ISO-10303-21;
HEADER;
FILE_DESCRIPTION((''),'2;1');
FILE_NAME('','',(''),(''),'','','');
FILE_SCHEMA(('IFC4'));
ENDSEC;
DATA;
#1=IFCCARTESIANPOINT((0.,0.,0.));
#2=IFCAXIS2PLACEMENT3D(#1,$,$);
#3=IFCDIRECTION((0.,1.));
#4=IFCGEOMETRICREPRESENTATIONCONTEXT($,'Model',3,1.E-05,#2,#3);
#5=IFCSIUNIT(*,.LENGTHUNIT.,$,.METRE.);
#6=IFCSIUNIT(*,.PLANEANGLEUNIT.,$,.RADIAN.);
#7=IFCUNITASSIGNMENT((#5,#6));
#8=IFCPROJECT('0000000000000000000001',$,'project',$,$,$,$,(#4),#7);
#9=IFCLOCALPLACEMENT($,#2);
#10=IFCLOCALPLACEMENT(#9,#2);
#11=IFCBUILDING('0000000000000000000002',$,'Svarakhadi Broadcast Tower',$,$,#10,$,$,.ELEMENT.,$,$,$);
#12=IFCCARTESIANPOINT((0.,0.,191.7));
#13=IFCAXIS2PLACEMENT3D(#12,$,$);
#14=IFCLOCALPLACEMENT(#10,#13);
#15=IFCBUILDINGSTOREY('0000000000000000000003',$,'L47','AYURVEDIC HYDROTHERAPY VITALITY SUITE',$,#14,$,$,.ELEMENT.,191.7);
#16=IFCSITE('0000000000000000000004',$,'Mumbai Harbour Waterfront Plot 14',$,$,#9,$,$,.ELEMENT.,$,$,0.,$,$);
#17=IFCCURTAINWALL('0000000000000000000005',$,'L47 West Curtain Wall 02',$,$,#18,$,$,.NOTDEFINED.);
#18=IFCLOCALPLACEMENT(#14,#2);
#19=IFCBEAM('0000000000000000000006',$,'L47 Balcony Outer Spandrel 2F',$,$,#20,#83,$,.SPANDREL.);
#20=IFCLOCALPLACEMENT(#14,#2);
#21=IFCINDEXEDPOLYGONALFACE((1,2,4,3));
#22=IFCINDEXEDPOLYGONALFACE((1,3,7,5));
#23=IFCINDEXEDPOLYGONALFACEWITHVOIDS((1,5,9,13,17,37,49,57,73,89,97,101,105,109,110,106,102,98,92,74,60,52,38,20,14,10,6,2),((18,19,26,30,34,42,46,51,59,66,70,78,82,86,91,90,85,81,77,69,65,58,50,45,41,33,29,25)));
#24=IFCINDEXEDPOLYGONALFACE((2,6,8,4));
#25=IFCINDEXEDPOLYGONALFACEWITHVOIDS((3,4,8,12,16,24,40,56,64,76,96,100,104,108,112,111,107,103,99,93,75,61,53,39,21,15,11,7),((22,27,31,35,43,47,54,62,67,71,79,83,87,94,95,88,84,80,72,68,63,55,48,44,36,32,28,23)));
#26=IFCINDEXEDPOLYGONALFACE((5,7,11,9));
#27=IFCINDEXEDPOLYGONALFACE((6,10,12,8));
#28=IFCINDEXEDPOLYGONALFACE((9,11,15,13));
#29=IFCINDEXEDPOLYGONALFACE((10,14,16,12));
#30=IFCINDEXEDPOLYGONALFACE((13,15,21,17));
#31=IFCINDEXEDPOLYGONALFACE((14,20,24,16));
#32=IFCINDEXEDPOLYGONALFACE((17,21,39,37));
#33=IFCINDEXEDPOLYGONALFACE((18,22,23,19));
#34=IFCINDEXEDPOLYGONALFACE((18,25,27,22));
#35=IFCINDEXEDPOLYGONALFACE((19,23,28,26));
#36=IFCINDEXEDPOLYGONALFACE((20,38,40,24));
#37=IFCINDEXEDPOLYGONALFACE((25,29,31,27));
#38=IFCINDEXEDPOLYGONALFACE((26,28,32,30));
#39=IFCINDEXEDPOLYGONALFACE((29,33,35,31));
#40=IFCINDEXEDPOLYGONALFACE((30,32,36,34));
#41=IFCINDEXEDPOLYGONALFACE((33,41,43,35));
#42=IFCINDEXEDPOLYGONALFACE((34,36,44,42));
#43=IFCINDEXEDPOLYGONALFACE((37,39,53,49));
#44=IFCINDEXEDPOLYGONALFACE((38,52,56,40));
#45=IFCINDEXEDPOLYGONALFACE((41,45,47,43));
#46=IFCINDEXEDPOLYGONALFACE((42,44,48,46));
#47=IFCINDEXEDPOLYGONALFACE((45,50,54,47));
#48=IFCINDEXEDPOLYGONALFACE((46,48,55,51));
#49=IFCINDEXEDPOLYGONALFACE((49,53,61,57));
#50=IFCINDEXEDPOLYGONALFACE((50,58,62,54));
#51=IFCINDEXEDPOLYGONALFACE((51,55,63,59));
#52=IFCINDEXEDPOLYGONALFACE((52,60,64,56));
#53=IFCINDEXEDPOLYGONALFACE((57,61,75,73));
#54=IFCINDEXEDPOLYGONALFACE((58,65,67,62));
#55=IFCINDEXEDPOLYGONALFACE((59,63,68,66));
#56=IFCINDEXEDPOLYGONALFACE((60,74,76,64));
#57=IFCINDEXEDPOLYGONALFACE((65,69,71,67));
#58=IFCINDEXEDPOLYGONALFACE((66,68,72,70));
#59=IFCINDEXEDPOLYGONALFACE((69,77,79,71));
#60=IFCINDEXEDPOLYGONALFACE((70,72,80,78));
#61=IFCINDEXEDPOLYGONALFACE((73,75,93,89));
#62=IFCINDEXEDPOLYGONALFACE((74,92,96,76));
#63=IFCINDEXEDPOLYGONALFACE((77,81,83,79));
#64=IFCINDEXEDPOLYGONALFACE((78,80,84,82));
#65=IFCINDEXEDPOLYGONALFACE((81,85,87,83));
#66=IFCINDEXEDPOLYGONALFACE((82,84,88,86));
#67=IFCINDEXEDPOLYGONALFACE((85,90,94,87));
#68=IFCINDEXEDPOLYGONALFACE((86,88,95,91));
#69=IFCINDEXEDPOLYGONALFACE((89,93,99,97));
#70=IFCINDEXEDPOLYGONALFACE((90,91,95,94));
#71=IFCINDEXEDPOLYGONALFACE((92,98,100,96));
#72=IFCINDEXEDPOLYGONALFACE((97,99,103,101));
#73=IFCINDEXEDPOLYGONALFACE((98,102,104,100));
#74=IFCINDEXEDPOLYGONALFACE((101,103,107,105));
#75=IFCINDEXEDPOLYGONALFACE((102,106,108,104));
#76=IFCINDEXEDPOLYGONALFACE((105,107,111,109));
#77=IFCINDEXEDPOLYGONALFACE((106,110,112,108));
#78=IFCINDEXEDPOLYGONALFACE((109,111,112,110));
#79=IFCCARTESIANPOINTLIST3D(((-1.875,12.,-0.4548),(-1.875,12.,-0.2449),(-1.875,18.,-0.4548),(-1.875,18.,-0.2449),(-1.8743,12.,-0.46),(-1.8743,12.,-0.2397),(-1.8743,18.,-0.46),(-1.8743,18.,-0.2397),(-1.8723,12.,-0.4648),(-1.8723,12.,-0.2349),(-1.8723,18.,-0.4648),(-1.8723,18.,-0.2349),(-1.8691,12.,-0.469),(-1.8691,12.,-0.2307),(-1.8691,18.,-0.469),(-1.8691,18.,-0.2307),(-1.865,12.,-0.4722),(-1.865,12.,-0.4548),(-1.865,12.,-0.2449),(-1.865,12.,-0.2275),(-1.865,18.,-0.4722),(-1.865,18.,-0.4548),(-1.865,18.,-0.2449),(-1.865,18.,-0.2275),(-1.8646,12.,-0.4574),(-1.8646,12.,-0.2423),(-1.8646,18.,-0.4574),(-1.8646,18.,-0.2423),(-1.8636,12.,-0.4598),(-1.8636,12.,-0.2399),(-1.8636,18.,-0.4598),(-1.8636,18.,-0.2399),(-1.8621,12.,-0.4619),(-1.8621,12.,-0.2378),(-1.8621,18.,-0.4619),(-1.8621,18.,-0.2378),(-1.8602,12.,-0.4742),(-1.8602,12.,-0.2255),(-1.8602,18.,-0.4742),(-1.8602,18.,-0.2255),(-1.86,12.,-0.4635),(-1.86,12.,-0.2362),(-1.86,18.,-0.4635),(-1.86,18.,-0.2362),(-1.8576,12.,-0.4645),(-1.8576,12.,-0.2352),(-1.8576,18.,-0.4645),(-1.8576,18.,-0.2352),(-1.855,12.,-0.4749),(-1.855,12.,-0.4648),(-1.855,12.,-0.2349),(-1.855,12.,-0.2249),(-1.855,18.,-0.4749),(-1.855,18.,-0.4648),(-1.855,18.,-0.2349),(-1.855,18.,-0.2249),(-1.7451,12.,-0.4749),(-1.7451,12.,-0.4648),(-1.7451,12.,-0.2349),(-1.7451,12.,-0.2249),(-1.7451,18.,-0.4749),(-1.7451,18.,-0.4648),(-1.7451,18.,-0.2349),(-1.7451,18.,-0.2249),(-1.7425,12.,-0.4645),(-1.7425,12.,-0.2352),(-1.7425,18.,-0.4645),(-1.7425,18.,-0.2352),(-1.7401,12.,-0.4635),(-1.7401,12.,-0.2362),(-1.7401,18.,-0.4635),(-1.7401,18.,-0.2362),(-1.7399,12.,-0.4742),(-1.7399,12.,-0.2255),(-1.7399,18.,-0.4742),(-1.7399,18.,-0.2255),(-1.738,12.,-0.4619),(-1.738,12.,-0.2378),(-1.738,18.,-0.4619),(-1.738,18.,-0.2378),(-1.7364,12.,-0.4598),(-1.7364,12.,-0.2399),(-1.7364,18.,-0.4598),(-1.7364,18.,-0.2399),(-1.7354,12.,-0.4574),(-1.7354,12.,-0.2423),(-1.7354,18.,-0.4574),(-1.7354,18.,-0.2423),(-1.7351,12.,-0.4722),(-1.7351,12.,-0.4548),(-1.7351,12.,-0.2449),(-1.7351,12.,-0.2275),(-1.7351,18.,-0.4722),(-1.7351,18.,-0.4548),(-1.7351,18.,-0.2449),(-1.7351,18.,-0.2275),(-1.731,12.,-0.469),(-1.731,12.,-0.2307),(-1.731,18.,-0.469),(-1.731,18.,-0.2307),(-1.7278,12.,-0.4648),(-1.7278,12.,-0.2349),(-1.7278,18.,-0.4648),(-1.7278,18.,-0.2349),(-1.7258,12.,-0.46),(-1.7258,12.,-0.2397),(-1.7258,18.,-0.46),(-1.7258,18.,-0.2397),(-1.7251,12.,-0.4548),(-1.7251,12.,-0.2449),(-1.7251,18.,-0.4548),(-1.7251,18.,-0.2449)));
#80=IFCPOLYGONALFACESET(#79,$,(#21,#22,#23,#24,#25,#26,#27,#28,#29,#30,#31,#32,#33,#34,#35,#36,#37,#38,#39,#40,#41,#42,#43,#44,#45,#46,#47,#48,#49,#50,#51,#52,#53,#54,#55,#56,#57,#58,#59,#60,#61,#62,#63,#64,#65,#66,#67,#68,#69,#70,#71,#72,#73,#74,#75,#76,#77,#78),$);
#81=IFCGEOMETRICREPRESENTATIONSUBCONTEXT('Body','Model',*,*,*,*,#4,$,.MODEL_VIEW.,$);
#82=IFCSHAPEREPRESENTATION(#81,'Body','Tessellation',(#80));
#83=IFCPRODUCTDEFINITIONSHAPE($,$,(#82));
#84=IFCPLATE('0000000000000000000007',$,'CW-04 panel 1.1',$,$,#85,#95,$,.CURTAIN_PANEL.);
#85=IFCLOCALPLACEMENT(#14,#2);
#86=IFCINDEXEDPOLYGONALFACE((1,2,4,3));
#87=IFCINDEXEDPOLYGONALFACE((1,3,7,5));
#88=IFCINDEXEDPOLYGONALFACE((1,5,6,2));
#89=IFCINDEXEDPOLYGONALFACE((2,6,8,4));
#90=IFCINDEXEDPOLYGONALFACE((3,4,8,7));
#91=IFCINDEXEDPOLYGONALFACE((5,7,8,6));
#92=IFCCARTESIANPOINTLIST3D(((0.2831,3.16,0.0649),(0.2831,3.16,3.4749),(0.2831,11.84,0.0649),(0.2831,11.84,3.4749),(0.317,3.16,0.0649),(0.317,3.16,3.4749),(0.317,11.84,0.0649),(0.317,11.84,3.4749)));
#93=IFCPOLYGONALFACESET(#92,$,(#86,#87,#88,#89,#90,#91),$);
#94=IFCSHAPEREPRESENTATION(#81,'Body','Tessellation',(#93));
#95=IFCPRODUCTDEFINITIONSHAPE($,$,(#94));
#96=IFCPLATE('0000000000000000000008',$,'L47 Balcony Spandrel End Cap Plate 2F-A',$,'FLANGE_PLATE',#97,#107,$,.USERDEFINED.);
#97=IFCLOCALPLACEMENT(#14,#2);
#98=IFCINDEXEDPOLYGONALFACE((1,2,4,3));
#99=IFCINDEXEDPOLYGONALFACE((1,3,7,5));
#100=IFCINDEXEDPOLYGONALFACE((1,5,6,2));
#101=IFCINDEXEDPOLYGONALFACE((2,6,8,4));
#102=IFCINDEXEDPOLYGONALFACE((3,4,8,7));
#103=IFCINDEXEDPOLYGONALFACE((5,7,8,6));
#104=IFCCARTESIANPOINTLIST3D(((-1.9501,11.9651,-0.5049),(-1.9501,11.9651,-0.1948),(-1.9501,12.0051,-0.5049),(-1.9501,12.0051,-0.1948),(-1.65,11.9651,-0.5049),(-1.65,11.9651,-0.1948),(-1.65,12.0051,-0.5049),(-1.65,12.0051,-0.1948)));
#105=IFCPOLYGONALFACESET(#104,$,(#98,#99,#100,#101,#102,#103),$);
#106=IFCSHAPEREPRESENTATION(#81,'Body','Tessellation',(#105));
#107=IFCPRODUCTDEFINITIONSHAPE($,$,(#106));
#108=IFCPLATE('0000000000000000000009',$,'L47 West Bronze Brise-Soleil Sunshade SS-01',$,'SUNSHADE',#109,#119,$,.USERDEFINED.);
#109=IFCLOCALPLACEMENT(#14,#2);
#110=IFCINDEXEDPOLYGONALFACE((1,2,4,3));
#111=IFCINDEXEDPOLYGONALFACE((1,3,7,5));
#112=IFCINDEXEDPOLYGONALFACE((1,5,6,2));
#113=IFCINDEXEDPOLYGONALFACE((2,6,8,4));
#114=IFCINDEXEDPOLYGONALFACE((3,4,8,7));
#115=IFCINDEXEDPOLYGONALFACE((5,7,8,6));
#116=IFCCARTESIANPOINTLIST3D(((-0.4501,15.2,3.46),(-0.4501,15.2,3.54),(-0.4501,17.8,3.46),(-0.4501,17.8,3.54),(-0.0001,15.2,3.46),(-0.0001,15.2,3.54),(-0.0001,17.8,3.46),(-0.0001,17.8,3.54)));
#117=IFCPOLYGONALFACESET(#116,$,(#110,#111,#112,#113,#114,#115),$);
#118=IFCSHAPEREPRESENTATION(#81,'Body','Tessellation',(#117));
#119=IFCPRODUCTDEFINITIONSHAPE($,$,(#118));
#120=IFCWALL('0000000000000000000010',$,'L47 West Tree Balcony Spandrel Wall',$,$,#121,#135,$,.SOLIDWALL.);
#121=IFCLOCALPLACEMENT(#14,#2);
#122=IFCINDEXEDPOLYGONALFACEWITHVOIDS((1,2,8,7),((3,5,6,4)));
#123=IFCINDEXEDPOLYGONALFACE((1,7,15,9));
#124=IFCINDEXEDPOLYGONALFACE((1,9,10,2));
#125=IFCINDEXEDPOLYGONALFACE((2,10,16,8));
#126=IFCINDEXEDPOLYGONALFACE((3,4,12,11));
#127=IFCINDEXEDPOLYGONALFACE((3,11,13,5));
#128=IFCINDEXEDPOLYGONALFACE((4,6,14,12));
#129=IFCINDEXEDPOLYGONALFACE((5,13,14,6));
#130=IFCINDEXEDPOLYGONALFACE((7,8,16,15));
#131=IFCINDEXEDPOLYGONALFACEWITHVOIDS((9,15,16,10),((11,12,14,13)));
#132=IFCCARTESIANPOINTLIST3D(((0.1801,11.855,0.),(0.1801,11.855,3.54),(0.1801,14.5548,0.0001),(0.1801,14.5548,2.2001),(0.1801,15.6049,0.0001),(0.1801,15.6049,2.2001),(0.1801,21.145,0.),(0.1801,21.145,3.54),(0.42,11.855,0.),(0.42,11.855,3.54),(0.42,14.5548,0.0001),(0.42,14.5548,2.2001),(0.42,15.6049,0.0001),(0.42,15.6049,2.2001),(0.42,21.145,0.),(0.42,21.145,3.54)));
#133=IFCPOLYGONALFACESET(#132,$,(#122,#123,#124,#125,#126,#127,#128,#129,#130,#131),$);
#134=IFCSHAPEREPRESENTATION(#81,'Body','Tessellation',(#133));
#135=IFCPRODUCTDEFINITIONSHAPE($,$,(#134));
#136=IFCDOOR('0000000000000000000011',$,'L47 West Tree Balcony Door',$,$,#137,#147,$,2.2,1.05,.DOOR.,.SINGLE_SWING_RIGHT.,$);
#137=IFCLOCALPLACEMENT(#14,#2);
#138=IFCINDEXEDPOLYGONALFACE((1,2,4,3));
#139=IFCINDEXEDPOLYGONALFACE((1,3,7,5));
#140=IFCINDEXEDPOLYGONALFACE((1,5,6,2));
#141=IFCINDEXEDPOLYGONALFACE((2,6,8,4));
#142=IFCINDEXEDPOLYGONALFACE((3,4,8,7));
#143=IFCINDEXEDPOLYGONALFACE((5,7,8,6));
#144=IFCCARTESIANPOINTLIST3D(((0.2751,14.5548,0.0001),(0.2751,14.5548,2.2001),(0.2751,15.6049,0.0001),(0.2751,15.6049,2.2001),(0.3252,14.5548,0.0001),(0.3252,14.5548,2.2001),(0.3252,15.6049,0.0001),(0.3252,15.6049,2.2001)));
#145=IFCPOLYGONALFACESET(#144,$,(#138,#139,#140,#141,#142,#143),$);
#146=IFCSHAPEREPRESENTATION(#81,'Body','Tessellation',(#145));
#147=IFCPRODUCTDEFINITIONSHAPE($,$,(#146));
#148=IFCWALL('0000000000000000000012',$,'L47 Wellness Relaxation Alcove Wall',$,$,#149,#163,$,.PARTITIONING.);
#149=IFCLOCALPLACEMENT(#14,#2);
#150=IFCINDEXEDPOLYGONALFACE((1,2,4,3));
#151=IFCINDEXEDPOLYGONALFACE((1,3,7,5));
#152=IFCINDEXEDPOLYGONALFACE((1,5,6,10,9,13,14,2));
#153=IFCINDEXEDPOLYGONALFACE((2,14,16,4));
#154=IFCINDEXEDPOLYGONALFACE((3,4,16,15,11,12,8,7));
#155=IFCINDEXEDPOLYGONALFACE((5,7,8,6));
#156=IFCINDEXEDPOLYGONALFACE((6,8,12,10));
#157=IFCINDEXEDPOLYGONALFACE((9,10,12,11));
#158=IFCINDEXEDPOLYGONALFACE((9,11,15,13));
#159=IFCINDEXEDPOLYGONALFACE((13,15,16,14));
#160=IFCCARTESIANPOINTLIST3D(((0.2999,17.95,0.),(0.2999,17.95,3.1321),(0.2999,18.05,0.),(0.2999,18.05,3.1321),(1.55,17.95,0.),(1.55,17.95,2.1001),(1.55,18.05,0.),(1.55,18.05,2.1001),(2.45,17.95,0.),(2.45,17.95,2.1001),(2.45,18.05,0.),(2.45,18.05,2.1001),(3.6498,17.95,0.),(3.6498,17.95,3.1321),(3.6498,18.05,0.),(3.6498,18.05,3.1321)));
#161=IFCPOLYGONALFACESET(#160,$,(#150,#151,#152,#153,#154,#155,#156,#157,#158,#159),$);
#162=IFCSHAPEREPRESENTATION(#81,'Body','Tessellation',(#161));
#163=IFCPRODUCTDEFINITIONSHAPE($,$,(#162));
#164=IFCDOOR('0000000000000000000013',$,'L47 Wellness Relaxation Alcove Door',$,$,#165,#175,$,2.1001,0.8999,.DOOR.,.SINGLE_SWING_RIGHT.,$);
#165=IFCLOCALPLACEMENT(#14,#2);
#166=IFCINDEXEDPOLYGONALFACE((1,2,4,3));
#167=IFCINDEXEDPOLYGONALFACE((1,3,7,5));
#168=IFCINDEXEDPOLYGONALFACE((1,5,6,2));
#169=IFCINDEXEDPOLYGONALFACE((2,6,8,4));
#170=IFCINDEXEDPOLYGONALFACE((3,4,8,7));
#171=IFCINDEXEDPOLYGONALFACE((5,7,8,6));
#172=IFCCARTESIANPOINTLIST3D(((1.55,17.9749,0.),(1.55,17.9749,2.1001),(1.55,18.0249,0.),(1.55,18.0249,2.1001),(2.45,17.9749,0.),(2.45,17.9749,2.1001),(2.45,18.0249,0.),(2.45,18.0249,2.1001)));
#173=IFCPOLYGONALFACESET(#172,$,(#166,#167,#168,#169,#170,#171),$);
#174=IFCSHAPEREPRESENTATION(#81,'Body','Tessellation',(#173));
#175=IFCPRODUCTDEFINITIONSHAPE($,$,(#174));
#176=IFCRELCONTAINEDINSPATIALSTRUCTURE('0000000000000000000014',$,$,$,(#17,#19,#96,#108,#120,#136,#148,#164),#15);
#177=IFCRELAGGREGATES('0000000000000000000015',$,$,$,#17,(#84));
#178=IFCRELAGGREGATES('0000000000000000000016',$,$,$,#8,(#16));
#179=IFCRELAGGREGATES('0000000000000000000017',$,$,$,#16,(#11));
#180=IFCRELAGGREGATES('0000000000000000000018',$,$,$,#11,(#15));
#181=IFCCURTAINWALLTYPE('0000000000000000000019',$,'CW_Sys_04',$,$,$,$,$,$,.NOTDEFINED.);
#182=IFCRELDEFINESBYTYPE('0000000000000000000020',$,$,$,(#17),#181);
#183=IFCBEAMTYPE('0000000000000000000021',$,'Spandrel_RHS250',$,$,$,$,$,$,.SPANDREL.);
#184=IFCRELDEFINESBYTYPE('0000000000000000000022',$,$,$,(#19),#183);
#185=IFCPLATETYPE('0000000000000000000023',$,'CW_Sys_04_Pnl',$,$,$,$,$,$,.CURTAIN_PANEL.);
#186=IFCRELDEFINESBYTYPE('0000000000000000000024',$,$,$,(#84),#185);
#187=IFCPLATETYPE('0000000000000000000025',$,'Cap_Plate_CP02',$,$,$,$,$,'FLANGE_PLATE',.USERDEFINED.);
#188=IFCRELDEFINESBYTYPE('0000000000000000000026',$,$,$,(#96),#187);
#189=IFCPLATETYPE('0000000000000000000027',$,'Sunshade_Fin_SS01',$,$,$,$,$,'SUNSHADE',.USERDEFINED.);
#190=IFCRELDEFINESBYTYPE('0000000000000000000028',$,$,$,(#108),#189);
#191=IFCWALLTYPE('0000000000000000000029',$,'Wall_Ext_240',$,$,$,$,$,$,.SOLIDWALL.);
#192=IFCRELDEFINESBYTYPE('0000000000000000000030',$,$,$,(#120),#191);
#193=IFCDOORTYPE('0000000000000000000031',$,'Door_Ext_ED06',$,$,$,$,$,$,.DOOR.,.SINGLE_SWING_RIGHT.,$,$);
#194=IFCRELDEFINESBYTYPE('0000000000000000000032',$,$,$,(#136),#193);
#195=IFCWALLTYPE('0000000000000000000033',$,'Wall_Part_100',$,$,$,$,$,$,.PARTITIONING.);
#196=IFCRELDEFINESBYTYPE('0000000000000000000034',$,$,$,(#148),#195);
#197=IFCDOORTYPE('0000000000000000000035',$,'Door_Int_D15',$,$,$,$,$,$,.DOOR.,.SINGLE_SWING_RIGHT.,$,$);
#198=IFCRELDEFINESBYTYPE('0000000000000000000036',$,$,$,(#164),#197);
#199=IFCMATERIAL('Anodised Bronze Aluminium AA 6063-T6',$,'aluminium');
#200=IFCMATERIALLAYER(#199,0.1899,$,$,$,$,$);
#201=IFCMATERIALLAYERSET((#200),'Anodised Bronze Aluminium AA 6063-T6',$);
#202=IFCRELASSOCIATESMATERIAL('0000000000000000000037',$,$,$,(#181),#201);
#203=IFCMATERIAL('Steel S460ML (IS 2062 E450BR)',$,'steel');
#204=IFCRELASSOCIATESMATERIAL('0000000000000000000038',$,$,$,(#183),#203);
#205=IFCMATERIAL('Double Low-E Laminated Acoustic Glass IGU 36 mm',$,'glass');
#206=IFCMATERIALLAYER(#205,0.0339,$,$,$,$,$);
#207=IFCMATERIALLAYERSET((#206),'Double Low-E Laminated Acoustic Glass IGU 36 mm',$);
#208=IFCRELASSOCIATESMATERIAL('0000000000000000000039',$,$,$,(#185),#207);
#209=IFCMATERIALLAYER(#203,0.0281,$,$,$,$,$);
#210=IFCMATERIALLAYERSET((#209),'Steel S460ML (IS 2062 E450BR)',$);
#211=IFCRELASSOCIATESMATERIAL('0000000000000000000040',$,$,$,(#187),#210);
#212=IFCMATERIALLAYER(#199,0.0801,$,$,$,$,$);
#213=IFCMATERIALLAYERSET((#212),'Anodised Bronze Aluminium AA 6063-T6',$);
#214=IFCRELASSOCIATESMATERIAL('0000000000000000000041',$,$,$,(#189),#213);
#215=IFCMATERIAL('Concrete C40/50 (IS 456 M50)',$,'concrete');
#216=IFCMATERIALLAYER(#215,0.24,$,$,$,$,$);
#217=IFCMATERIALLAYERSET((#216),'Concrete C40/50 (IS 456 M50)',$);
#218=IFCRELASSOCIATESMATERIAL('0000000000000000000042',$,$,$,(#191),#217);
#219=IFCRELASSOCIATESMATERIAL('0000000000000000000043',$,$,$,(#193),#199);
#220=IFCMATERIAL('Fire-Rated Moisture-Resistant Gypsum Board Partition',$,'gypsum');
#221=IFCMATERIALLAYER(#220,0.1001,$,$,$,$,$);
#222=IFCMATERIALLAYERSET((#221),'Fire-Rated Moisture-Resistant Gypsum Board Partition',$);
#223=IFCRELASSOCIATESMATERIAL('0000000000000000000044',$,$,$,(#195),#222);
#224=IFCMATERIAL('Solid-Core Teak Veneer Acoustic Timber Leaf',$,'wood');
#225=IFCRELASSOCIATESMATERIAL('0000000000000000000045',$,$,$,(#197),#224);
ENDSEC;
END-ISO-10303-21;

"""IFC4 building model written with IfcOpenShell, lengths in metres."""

from ifc_helpers import new_model, si_unit, direction, frame, frame_2d, origin, origin_2d, place, context, subcontext, project, spatial, rectangle, hollow_rectangle, extrude, material, layer, layer_set, material_profile, profile_set, type_object, element, fill, aggregate, save


model = new_model("IFC4")

# Units and contexts
model_context = context("Model", 3, precision=1e-05, world=origin(), true_north=direction((0.0, 1.0)))
body_context = subcontext(model_context, "Body", "Model", "MODEL_VIEW")
ifc_project = project(units=[si_unit("LENGTHUNIT", "METRE"), si_unit("PLANEANGLEUNIT", "RADIAN")], contexts=[model_context])

# Site, building, storey
site_placement = place(None, origin())
site = spatial("IfcSite", under=ifc_project, at=site_placement, Name="Mumbai Harbour Waterfront Plot 14", CompositionType="ELEMENT", RefElevation=0.0)
building_placement = place(site_placement, origin())
building = spatial("IfcBuilding", under=site, at=building_placement, Name="Svarakhadi Broadcast Tower", CompositionType="ELEMENT")
storey_placement = place(building_placement, frame((0.0, 0.0, 191.7)))
storey = spatial("IfcBuildingStorey", under=building, at=storey_placement, Name="L47", Description="AYURVEDIC HYDROTHERAPY VITALITY SUITE", CompositionType="ELEMENT", Elevation=191.7)

# Shared definitions
ifc_material_1 = material(Name="Steel S460ML (IS 2062 E450BR)", Category="steel")

# Curtain wall
ifc_material_2 = material(Name="Anodised Bronze Aluminium AA 6063-T6", Category="aluminium")
ifc_layer_1 = layer(ifc_material_2, 0.1899)
ifc_layer_set_1 = layer_set([ifc_layer_1], Name="Anodised Bronze Aluminium AA 6063-T6")
curtain_wall_type = type_object("IfcCurtainWallType", Name="CW_Sys_04", PredefinedType="NOTDEFINED", material=ifc_layer_set_1)
curtain_wall_placement = place(storey_placement, origin())
curtain_wall = element("IfcCurtainWall", 1, at=curtain_wall_placement, inside=storey, type_object=curtain_wall_type, Name="L47 West Curtain Wall 02", PredefinedType="NOTDEFINED")

# Beam
ifc_material_profile_1 = material_profile(ifc_material_1, hollow_rectangle(XDim=0.1499, YDim=0.25, WallThickness=0.01, InnerFilletRadius=0.01, OuterFilletRadius=0.02, at=origin_2d()), Name="RHS 250x150x10")
ifc_profile_set_1 = profile_set([ifc_material_profile_1], Name="Steel S460ML (IS 2062 E450BR)")
beam_type_1 = type_object("IfcBeamType", Name="Spandrel_RHS250", PredefinedType="SPANDREL", material=ifc_profile_set_1)
beam_1_placement = place(storey_placement, frame((-1.8, 12.0, -0.3499), z_axis=(0.0, 1.0, 0.0), x_axis=(-1.0, 0.0, 0.0)))
element("IfcBeam", 2, at=beam_1_placement, inside=storey, type_object=beam_type_1, Name="L47 Balcony Outer Spandrel 2F", PredefinedType="SPANDREL", context=body_context, shape_type="SweptSolid", body=[
    extrude(hollow_rectangle(XDim=0.1499, YDim=0.25, WallThickness=0.01, InnerFilletRadius=0.01, OuterFilletRadius=0.02, at=origin_2d()), origin(), (0.0, 0.0, 1.0), 6.0),
])

# Plate
ifc_material_3 = material(Name="Double Low-E Laminated Acoustic Glass IGU 36 mm", Category="glass")
ifc_layer_2 = layer(ifc_material_3, 0.0339)
ifc_layer_set_2 = layer_set([ifc_layer_2], Name="Double Low-E Laminated Acoustic Glass IGU 36 mm")
plate_type_1 = type_object("IfcPlateType", Name="CW_Sys_04_Pnl", PredefinedType="CURTAIN_PANEL", material=ifc_layer_set_2)
plate_1_placement = place(storey_placement, frame((0.3, 7.5, 0.0649), z_axis=(0.0, 0.0, 1.0), x_axis=(0.0, 1.0, 0.0)))
plate_1 = element("IfcPlate", 3, at=plate_1_placement, type_object=plate_type_1, Name="CW-04 panel 1.1", PredefinedType="CURTAIN_PANEL", context=body_context, shape_type="SweptSolid", body=[
    extrude(rectangle(XDim=8.6799, YDim=0.0339, at=origin_2d()), origin(), (0.0, 0.0, 1.0), 3.4099),
])
aggregate(curtain_wall, [plate_1])

# Plates
ifc_layer_3 = layer(ifc_material_1, 0.0281)
ifc_layer_set_3 = layer_set([ifc_layer_3], Name="Steel S460ML (IS 2062 E450BR)")
plate_type_2 = type_object("IfcPlateType", Name="Cap_Plate_CP02", ElementType="FLANGE_PLATE", PredefinedType="USERDEFINED", material=ifc_layer_set_3)
plate_2_placement = place(storey_placement, frame((-1.8, 11.9851, -0.5049), z_axis=(0.0, 0.0, 1.0), x_axis=(1.0, 0.0, 0.0)))
element("IfcPlate", 4, at=plate_2_placement, inside=storey, type_object=plate_type_2, Name="L47 Balcony Spandrel End Cap Plate 2F-A", ObjectType="FLANGE_PLATE", PredefinedType="USERDEFINED", context=body_context, shape_type="SweptSolid", body=[
    extrude(rectangle(XDim=0.3, YDim=0.04, at=origin_2d()), origin(), (0.0, 0.0, 1.0), 0.3101),
])
ifc_layer_4 = layer(ifc_material_2, 0.0801)
ifc_layer_set_4 = layer_set([ifc_layer_4], Name="Anodised Bronze Aluminium AA 6063-T6")
plate_type_3 = type_object("IfcPlateType", Name="Sunshade_Fin_SS01", ElementType="SUNSHADE", PredefinedType="USERDEFINED", material=ifc_layer_set_4)
plate_3_placement = place(storey_placement, frame((-0.2251, 16.5, 3.46), z_axis=(0.0, 0.0, 1.0), x_axis=(0.0, 1.0, 0.0)))
element("IfcPlate", 5, at=plate_3_placement, inside=storey, type_object=plate_type_3, Name="L47 West Bronze Brise-Soleil Sunshade SS-01", ObjectType="SUNSHADE", PredefinedType="USERDEFINED", context=body_context, shape_type="SweptSolid", body=[
    extrude(rectangle(XDim=2.6001, YDim=0.45, at=origin_2d()), origin(), (0.0, 0.0, 1.0), 0.0801),
])

# Walls, openings, doors
ifc_material_4 = material(Name="Concrete C40/50 (IS 456 M50)", Category="concrete")
ifc_layer_5 = layer(ifc_material_4, 0.24)
ifc_layer_set_5 = layer_set([ifc_layer_5], Name="Concrete C40/50 (IS 456 M50)")
wall_type_1 = type_object("IfcWallType", Name="Wall_Ext_240", PredefinedType="SOLIDWALL", material=ifc_layer_set_5)
wall_1_placement = place(storey_placement, frame((0.3, 11.855, 0.0), z_axis=(0.0, 0.0, 1.0), x_axis=(0.0, 1.0, 0.0)))
wall_1 = element("IfcWall", 6, at=wall_1_placement, inside=storey, type_object=wall_type_1, Name="L47 West Tree Balcony Spandrel Wall", PredefinedType="SOLIDWALL", context=body_context, shape_type="SweptSolid", body=[
    extrude(rectangle(XDim=9.29, YDim=0.24, at=frame_2d((4.645, 0.0))), origin(), (0.0, 0.0, 1.0), 3.54),
])
opening_1_placement = place(wall_1_placement, frame((2.7, 0.0, 0.0)))
opening_1 = element("IfcOpeningElement", 7, at=opening_1_placement, cuts=wall_1, PredefinedType="OPENING", context=body_context, shape_type="SweptSolid", body=[
    extrude(rectangle(XDim=1.05, YDim=2.2, at=frame_2d((0.5249, 1.1001))), frame((0.0, 0.1299, 0.0), z_axis=(0.0, -1.0, 0.0), x_axis=(1.0, 0.0, 0.0)), (0.0, 0.0, 1.0), 0.26),
])
door_type_1 = type_object("IfcDoorType", Name="Door_Ext_ED06", OperationType="SINGLE_SWING_RIGHT", PredefinedType="DOOR", material=ifc_material_2)
door_1_placement = place(opening_1_placement, origin())
door_1 = element("IfcDoor", 8, at=door_1_placement, inside=storey, type_object=door_type_1, Name="L47 West Tree Balcony Door", OperationType="SINGLE_SWING_RIGHT", OverallHeight=2.2, OverallWidth=1.05, PredefinedType="DOOR", context=body_context, shape_type="SweptSolid", body=[
    extrude(rectangle(XDim=1.05, YDim=2.2, at=frame_2d((0.5249, 1.1001))), frame((0.0, 0.0249, 0.0), z_axis=(0.0, -1.0, 0.0), x_axis=(1.0, 0.0, 0.0)), (0.0, 0.0, 1.0), 0.05),
])
fill(opening_1, door_1)
ifc_material_5 = material(Name="Fire-Rated Moisture-Resistant Gypsum Board Partition", Category="gypsum")
ifc_layer_6 = layer(ifc_material_5, 0.1001)
ifc_layer_set_6 = layer_set([ifc_layer_6], Name="Fire-Rated Moisture-Resistant Gypsum Board Partition")
wall_type_2 = type_object("IfcWallType", Name="Wall_Part_100", PredefinedType="PARTITIONING", material=ifc_layer_set_6)
wall_2_placement = place(storey_placement, frame((0.3, 18.0, 0.0), z_axis=(0.0, 0.0, 1.0), x_axis=(1.0, 0.0, 0.0)))
wall_2 = element("IfcWall", 9, at=wall_2_placement, inside=storey, type_object=wall_type_2, Name="L47 Wellness Relaxation Alcove Wall", PredefinedType="PARTITIONING", context=body_context, shape_type="SweptSolid", body=[
    extrude(rectangle(XDim=3.3499, YDim=0.1001, at=frame_2d((1.6748, 0.0))), origin(), (0.0, 0.0, 1.0), 3.1321),
])
opening_2_placement = place(wall_2_placement, frame((1.25, 0.0, 0.0)))
opening_2 = element("IfcOpeningElement", 10, at=opening_2_placement, cuts=wall_2, PredefinedType="OPENING", context=body_context, shape_type="SweptSolid", body=[
    extrude(rectangle(XDim=0.8999, YDim=2.1001, at=frame_2d((0.45, 1.05))), frame((0.0, 0.0601, 0.0), z_axis=(0.0, -1.0, 0.0), x_axis=(1.0, 0.0, 0.0)), (0.0, 0.0, 1.0), 0.1201),
])
ifc_material_6 = material(Name="Solid-Core Teak Veneer Acoustic Timber Leaf", Category="wood")
door_type_2 = type_object("IfcDoorType", Name="Door_Int_D15", OperationType="SINGLE_SWING_RIGHT", PredefinedType="DOOR", material=ifc_material_6)
door_2_placement = place(opening_2_placement, origin())
door_2 = element("IfcDoor", 11, at=door_2_placement, inside=storey, type_object=door_type_2, Name="L47 Wellness Relaxation Alcove Door", OperationType="SINGLE_SWING_RIGHT", OverallHeight=2.1001, OverallWidth=0.8999, PredefinedType="DOOR", context=body_context, shape_type="SweptSolid", body=[
    extrude(rectangle(XDim=0.8999, YDim=2.1001, at=frame_2d((0.45, 1.05))), frame((0.0, 0.0249, 0.0), z_axis=(0.0, -1.0, 0.0), x_axis=(1.0, 0.0, 0.0)), (0.0, 0.0, 1.0), 0.05),
])
fill(opening_2, door_2)

save(model, "model.ifc")
